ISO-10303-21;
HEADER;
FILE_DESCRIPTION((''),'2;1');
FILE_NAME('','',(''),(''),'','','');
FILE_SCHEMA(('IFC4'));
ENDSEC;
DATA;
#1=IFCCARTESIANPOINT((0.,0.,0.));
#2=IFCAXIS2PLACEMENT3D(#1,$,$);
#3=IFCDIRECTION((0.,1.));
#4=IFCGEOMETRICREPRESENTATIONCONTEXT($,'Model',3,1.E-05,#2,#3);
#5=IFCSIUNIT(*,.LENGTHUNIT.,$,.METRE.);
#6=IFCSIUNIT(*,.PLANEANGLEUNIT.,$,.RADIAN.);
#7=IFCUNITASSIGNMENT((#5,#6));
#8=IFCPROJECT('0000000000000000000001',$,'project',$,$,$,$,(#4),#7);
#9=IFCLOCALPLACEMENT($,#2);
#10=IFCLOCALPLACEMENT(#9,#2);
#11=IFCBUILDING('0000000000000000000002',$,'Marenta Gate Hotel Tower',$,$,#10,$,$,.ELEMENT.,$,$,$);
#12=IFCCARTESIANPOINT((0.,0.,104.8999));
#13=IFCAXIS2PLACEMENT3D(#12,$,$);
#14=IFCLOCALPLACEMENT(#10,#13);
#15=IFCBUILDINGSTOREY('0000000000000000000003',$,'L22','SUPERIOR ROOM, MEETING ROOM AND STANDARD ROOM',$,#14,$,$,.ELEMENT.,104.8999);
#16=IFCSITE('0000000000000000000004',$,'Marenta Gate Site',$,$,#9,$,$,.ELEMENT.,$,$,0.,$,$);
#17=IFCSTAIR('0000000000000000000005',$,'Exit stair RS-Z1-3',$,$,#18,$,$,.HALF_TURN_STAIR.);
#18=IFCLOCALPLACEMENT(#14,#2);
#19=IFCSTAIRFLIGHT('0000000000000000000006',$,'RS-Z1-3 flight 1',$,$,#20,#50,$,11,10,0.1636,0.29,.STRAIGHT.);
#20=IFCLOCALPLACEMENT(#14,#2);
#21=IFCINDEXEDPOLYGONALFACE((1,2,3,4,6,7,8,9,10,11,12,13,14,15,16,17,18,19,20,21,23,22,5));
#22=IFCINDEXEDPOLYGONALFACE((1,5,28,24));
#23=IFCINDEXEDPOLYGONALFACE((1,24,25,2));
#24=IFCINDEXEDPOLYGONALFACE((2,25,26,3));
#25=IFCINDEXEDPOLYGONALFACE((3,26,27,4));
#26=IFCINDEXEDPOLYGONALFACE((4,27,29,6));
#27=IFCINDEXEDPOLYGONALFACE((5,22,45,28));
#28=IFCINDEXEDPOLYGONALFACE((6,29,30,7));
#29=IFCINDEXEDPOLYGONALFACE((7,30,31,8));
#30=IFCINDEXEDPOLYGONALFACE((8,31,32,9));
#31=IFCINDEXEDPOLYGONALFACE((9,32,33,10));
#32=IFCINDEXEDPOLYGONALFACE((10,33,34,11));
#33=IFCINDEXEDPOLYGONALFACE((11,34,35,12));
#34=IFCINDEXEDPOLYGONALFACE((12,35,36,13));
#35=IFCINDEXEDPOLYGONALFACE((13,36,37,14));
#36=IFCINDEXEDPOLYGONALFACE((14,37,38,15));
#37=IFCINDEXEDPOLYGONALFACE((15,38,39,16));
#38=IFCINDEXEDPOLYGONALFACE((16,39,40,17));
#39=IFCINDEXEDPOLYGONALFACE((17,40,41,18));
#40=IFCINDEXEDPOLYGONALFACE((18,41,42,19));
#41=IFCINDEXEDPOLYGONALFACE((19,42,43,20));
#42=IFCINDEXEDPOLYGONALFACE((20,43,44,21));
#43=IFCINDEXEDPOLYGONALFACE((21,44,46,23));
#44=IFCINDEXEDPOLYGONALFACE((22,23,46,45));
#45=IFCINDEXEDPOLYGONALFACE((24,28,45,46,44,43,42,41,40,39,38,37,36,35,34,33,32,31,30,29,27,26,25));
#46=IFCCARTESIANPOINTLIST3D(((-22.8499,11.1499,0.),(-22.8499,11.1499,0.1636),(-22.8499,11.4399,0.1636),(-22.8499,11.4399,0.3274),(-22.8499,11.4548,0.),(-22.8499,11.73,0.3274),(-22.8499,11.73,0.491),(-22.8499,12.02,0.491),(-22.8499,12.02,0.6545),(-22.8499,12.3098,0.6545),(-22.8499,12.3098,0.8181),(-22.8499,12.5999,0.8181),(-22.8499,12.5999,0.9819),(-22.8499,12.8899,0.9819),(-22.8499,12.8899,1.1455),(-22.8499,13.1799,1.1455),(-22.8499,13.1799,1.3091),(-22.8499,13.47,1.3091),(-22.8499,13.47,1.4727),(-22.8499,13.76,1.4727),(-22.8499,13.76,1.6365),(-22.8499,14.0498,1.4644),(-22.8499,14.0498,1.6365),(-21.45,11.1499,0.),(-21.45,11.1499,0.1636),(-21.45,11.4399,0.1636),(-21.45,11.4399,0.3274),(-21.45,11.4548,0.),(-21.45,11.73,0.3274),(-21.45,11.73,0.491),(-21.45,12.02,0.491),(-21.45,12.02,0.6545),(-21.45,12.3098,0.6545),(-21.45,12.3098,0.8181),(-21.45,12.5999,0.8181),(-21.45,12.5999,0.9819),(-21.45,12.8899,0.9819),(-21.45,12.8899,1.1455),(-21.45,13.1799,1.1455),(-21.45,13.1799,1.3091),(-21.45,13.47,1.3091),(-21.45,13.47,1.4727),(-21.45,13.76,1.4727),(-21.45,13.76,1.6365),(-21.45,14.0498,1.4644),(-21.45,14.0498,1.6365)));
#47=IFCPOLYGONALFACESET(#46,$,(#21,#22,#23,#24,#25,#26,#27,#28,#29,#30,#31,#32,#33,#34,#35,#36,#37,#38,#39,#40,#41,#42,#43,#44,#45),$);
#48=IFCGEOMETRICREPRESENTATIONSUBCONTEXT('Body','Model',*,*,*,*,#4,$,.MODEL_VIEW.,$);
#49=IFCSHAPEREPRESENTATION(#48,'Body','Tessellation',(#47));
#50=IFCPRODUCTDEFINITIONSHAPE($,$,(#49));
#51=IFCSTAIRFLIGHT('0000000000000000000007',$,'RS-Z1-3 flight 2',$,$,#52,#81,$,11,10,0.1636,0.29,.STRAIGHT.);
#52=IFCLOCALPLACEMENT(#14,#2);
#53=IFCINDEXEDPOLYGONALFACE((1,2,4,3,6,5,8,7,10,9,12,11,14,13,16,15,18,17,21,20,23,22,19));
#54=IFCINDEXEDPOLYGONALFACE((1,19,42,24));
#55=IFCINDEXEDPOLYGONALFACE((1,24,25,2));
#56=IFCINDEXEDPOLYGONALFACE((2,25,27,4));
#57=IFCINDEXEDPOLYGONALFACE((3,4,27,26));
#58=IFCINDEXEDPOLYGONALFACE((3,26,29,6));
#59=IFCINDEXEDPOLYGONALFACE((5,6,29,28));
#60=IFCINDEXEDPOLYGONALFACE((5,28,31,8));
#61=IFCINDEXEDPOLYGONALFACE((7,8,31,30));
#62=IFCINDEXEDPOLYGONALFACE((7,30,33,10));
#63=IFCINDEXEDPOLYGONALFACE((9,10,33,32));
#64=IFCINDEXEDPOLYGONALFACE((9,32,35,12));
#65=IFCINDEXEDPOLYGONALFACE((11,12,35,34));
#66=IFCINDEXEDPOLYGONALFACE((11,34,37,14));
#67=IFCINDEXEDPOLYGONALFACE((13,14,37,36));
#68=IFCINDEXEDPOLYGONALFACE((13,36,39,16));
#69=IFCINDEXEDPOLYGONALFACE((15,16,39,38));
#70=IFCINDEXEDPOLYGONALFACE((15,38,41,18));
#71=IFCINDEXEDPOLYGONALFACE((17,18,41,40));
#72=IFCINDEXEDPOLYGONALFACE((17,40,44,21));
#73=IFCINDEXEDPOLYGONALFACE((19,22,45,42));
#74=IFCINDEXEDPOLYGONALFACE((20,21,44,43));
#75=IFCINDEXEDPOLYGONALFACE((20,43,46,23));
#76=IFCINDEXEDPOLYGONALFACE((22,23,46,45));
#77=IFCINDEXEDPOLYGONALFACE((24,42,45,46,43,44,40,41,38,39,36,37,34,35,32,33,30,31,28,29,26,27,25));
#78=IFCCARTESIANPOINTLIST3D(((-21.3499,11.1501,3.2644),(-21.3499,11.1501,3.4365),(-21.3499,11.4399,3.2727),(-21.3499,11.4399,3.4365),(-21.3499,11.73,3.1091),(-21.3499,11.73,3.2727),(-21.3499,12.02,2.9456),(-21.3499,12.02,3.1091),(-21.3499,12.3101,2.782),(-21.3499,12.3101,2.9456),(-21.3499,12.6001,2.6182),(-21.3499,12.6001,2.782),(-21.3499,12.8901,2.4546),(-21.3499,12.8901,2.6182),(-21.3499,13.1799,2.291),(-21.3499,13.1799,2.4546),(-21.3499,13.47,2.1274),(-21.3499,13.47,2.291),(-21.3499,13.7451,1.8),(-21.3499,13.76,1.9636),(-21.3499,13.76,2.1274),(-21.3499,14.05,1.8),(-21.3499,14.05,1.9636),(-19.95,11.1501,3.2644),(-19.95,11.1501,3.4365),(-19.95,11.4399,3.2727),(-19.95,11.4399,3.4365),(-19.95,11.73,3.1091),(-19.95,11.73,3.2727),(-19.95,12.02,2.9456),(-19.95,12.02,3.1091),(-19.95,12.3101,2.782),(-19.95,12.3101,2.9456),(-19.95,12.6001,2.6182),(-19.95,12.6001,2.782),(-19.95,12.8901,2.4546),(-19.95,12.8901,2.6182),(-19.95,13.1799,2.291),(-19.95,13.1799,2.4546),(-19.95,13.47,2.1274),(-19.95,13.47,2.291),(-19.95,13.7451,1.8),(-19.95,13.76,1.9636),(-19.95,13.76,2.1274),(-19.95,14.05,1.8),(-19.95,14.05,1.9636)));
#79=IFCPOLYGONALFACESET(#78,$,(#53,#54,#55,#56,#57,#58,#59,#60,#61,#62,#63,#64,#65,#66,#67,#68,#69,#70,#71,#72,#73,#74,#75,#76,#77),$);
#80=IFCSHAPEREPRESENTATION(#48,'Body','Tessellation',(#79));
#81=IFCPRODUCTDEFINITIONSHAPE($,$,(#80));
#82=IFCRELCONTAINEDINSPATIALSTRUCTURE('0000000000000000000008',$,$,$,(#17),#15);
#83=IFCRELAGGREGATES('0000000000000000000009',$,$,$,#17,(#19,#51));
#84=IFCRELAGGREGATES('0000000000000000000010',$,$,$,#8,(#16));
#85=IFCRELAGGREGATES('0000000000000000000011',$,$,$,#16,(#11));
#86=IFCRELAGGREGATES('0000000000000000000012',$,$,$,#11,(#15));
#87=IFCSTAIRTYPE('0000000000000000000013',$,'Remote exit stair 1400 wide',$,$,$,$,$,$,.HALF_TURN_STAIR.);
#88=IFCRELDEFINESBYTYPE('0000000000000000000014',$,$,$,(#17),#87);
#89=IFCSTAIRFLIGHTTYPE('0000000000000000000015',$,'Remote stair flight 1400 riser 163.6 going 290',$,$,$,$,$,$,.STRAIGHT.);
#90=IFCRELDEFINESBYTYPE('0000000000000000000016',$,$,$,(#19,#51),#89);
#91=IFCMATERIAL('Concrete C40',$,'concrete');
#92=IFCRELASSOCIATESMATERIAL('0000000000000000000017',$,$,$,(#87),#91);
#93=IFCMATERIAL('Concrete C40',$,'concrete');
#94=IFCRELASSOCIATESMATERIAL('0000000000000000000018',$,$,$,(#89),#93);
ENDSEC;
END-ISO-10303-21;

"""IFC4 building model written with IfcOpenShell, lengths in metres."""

from ifc_helpers import new_model, si_unit, direction, frame, origin, place, context, subcontext, project, spatial, polyline, outline, extrude, material, type_object, element, aggregate, save


model = new_model("IFC4")

# Units and contexts
model_context = context("Model", 3, precision=1e-05, world=origin(), true_north=direction((0.0, 1.0)))
body_context = subcontext(model_context, "Body", "Model", "MODEL_VIEW")
ifc_project = project(units=[si_unit("LENGTHUNIT", "METRE"), si_unit("PLANEANGLEUNIT", "RADIAN")], contexts=[model_context])

# Site, building, storey
site_placement = place(None, origin())
site = spatial("IfcSite", under=ifc_project, at=site_placement, Name="Marenta Gate Site", CompositionType="ELEMENT", RefElevation=0.0)
building_placement = place(site_placement, origin())
building = spatial("IfcBuilding", under=site, at=building_placement, Name="Marenta Gate Hotel Tower", CompositionType="ELEMENT")
storey_placement = place(building_placement, frame((0.0, 0.0, 104.8999)))
storey = spatial("IfcBuildingStorey", under=building, at=storey_placement, Name="L22", Description="SUPERIOR ROOM, MEETING ROOM AND STANDARD ROOM", CompositionType="ELEMENT", Elevation=104.8999)

# Stair, stair flights
ifc_material_1 = material(Name="Concrete C40", Category="concrete")
stair_type = type_object("IfcStairType", Name="Remote exit stair 1400 wide", PredefinedType="HALF_TURN_STAIR", material=ifc_material_1)
stair_placement = place(storey_placement, origin())
stair = element("IfcStair", 1, at=stair_placement, inside=storey, type_object=stair_type, Name="Exit stair RS-Z1-3", PredefinedType="HALF_TURN_STAIR")
ifc_material_2 = material(Name="Concrete C40", Category="concrete")
stair_flight_type = type_object("IfcStairFlightType", Name="Remote stair flight 1400 riser 163.6 going 290", PredefinedType="STRAIGHT", material=ifc_material_2)
stair_flight_1_placement = place(storey_placement, frame((-22.1499, 11.1499, 0.0), z_axis=(0.0, 0.0, 1.0), x_axis=(0.0, 1.0, 0.0)))
stair_flight_1 = element("IfcStairFlight", 2, at=stair_flight_1_placement, type_object=stair_flight_type, Name="RS-Z1-3 flight 1", NumberOfRisers=11, NumberOfTreads=10, PredefinedType="STRAIGHT", RiserHeight=0.1636, TreadLength=0.29, context=body_context, shape_type="SweptSolid", body=[
    extrude(outline(polyline([(0.0, 0.0), (0.0, 0.1636), (0.29, 0.1636), (0.29, 0.3274), (0.5801, 0.3274), (0.5801, 0.491), (0.8701, 0.491), (0.8701, 0.6545), (1.1599, 0.6545), (1.1599, 0.8181), (1.45, 0.8181), (1.45, 0.9819), (1.74, 0.9819), (1.74, 1.1455), (2.03, 1.1455), (2.03, 1.3091), (2.3201, 1.3091), (2.3201, 1.4727), (2.6101, 1.4727), (2.6101, 1.6365), (2.8999, 1.6365), (2.8999, 1.8), (2.8999, 1.4644), (0.3049, 0.0), (0.0, 0.0)])), frame((0.0, 0.7, 0.0), z_axis=(0.0, -1.0, 0.0), x_axis=(1.0, 0.0, 0.0)), (0.0, 0.0, 1.0), 1.3999),
])
stair_flight_2_placement = place(storey_placement, frame((-20.6499, 14.05, 1.8), z_axis=(0.0, 0.0, 1.0), x_axis=(0.0, -1.0, 0.0)))
stair_flight_2 = element("IfcStairFlight", 3, at=stair_flight_2_placement, type_object=stair_flight_type, Name="RS-Z1-3 flight 2", NumberOfRisers=11, NumberOfTreads=10, PredefinedType="STRAIGHT", RiserHeight=0.1636, TreadLength=0.29, context=body_context, shape_type="SweptSolid", body=[
    extrude(outline(polyline([(0.0, 0.0), (0.0, 0.1636), (0.29, 0.1636), (0.29, 0.3274), (0.5801, 0.3274), (0.5801, 0.491), (0.8701, 0.491), (0.8701, 0.6545), (1.1599, 0.6545), (1.1599, 0.8181), (1.45, 0.8181), (1.45, 0.9819), (1.74, 0.9819), (1.74, 1.1455), (2.03, 1.1455), (2.03, 1.3091), (2.3201, 1.3091), (2.3201, 1.4727), (2.6101, 1.4727), (2.6101, 1.6365), (2.8999, 1.6365), (2.8999, 1.8), (2.8999, 1.4644), (0.3049, 0.0), (0.0, 0.0)])), frame((0.0, 0.7, 0.0), z_axis=(0.0, -1.0, 0.0), x_axis=(1.0, 0.0, 0.0)), (0.0, 0.0, 1.0), 1.3999),
])
aggregate(stair, [stair_flight_1, stair_flight_2])

save(model, "model.ifc")
